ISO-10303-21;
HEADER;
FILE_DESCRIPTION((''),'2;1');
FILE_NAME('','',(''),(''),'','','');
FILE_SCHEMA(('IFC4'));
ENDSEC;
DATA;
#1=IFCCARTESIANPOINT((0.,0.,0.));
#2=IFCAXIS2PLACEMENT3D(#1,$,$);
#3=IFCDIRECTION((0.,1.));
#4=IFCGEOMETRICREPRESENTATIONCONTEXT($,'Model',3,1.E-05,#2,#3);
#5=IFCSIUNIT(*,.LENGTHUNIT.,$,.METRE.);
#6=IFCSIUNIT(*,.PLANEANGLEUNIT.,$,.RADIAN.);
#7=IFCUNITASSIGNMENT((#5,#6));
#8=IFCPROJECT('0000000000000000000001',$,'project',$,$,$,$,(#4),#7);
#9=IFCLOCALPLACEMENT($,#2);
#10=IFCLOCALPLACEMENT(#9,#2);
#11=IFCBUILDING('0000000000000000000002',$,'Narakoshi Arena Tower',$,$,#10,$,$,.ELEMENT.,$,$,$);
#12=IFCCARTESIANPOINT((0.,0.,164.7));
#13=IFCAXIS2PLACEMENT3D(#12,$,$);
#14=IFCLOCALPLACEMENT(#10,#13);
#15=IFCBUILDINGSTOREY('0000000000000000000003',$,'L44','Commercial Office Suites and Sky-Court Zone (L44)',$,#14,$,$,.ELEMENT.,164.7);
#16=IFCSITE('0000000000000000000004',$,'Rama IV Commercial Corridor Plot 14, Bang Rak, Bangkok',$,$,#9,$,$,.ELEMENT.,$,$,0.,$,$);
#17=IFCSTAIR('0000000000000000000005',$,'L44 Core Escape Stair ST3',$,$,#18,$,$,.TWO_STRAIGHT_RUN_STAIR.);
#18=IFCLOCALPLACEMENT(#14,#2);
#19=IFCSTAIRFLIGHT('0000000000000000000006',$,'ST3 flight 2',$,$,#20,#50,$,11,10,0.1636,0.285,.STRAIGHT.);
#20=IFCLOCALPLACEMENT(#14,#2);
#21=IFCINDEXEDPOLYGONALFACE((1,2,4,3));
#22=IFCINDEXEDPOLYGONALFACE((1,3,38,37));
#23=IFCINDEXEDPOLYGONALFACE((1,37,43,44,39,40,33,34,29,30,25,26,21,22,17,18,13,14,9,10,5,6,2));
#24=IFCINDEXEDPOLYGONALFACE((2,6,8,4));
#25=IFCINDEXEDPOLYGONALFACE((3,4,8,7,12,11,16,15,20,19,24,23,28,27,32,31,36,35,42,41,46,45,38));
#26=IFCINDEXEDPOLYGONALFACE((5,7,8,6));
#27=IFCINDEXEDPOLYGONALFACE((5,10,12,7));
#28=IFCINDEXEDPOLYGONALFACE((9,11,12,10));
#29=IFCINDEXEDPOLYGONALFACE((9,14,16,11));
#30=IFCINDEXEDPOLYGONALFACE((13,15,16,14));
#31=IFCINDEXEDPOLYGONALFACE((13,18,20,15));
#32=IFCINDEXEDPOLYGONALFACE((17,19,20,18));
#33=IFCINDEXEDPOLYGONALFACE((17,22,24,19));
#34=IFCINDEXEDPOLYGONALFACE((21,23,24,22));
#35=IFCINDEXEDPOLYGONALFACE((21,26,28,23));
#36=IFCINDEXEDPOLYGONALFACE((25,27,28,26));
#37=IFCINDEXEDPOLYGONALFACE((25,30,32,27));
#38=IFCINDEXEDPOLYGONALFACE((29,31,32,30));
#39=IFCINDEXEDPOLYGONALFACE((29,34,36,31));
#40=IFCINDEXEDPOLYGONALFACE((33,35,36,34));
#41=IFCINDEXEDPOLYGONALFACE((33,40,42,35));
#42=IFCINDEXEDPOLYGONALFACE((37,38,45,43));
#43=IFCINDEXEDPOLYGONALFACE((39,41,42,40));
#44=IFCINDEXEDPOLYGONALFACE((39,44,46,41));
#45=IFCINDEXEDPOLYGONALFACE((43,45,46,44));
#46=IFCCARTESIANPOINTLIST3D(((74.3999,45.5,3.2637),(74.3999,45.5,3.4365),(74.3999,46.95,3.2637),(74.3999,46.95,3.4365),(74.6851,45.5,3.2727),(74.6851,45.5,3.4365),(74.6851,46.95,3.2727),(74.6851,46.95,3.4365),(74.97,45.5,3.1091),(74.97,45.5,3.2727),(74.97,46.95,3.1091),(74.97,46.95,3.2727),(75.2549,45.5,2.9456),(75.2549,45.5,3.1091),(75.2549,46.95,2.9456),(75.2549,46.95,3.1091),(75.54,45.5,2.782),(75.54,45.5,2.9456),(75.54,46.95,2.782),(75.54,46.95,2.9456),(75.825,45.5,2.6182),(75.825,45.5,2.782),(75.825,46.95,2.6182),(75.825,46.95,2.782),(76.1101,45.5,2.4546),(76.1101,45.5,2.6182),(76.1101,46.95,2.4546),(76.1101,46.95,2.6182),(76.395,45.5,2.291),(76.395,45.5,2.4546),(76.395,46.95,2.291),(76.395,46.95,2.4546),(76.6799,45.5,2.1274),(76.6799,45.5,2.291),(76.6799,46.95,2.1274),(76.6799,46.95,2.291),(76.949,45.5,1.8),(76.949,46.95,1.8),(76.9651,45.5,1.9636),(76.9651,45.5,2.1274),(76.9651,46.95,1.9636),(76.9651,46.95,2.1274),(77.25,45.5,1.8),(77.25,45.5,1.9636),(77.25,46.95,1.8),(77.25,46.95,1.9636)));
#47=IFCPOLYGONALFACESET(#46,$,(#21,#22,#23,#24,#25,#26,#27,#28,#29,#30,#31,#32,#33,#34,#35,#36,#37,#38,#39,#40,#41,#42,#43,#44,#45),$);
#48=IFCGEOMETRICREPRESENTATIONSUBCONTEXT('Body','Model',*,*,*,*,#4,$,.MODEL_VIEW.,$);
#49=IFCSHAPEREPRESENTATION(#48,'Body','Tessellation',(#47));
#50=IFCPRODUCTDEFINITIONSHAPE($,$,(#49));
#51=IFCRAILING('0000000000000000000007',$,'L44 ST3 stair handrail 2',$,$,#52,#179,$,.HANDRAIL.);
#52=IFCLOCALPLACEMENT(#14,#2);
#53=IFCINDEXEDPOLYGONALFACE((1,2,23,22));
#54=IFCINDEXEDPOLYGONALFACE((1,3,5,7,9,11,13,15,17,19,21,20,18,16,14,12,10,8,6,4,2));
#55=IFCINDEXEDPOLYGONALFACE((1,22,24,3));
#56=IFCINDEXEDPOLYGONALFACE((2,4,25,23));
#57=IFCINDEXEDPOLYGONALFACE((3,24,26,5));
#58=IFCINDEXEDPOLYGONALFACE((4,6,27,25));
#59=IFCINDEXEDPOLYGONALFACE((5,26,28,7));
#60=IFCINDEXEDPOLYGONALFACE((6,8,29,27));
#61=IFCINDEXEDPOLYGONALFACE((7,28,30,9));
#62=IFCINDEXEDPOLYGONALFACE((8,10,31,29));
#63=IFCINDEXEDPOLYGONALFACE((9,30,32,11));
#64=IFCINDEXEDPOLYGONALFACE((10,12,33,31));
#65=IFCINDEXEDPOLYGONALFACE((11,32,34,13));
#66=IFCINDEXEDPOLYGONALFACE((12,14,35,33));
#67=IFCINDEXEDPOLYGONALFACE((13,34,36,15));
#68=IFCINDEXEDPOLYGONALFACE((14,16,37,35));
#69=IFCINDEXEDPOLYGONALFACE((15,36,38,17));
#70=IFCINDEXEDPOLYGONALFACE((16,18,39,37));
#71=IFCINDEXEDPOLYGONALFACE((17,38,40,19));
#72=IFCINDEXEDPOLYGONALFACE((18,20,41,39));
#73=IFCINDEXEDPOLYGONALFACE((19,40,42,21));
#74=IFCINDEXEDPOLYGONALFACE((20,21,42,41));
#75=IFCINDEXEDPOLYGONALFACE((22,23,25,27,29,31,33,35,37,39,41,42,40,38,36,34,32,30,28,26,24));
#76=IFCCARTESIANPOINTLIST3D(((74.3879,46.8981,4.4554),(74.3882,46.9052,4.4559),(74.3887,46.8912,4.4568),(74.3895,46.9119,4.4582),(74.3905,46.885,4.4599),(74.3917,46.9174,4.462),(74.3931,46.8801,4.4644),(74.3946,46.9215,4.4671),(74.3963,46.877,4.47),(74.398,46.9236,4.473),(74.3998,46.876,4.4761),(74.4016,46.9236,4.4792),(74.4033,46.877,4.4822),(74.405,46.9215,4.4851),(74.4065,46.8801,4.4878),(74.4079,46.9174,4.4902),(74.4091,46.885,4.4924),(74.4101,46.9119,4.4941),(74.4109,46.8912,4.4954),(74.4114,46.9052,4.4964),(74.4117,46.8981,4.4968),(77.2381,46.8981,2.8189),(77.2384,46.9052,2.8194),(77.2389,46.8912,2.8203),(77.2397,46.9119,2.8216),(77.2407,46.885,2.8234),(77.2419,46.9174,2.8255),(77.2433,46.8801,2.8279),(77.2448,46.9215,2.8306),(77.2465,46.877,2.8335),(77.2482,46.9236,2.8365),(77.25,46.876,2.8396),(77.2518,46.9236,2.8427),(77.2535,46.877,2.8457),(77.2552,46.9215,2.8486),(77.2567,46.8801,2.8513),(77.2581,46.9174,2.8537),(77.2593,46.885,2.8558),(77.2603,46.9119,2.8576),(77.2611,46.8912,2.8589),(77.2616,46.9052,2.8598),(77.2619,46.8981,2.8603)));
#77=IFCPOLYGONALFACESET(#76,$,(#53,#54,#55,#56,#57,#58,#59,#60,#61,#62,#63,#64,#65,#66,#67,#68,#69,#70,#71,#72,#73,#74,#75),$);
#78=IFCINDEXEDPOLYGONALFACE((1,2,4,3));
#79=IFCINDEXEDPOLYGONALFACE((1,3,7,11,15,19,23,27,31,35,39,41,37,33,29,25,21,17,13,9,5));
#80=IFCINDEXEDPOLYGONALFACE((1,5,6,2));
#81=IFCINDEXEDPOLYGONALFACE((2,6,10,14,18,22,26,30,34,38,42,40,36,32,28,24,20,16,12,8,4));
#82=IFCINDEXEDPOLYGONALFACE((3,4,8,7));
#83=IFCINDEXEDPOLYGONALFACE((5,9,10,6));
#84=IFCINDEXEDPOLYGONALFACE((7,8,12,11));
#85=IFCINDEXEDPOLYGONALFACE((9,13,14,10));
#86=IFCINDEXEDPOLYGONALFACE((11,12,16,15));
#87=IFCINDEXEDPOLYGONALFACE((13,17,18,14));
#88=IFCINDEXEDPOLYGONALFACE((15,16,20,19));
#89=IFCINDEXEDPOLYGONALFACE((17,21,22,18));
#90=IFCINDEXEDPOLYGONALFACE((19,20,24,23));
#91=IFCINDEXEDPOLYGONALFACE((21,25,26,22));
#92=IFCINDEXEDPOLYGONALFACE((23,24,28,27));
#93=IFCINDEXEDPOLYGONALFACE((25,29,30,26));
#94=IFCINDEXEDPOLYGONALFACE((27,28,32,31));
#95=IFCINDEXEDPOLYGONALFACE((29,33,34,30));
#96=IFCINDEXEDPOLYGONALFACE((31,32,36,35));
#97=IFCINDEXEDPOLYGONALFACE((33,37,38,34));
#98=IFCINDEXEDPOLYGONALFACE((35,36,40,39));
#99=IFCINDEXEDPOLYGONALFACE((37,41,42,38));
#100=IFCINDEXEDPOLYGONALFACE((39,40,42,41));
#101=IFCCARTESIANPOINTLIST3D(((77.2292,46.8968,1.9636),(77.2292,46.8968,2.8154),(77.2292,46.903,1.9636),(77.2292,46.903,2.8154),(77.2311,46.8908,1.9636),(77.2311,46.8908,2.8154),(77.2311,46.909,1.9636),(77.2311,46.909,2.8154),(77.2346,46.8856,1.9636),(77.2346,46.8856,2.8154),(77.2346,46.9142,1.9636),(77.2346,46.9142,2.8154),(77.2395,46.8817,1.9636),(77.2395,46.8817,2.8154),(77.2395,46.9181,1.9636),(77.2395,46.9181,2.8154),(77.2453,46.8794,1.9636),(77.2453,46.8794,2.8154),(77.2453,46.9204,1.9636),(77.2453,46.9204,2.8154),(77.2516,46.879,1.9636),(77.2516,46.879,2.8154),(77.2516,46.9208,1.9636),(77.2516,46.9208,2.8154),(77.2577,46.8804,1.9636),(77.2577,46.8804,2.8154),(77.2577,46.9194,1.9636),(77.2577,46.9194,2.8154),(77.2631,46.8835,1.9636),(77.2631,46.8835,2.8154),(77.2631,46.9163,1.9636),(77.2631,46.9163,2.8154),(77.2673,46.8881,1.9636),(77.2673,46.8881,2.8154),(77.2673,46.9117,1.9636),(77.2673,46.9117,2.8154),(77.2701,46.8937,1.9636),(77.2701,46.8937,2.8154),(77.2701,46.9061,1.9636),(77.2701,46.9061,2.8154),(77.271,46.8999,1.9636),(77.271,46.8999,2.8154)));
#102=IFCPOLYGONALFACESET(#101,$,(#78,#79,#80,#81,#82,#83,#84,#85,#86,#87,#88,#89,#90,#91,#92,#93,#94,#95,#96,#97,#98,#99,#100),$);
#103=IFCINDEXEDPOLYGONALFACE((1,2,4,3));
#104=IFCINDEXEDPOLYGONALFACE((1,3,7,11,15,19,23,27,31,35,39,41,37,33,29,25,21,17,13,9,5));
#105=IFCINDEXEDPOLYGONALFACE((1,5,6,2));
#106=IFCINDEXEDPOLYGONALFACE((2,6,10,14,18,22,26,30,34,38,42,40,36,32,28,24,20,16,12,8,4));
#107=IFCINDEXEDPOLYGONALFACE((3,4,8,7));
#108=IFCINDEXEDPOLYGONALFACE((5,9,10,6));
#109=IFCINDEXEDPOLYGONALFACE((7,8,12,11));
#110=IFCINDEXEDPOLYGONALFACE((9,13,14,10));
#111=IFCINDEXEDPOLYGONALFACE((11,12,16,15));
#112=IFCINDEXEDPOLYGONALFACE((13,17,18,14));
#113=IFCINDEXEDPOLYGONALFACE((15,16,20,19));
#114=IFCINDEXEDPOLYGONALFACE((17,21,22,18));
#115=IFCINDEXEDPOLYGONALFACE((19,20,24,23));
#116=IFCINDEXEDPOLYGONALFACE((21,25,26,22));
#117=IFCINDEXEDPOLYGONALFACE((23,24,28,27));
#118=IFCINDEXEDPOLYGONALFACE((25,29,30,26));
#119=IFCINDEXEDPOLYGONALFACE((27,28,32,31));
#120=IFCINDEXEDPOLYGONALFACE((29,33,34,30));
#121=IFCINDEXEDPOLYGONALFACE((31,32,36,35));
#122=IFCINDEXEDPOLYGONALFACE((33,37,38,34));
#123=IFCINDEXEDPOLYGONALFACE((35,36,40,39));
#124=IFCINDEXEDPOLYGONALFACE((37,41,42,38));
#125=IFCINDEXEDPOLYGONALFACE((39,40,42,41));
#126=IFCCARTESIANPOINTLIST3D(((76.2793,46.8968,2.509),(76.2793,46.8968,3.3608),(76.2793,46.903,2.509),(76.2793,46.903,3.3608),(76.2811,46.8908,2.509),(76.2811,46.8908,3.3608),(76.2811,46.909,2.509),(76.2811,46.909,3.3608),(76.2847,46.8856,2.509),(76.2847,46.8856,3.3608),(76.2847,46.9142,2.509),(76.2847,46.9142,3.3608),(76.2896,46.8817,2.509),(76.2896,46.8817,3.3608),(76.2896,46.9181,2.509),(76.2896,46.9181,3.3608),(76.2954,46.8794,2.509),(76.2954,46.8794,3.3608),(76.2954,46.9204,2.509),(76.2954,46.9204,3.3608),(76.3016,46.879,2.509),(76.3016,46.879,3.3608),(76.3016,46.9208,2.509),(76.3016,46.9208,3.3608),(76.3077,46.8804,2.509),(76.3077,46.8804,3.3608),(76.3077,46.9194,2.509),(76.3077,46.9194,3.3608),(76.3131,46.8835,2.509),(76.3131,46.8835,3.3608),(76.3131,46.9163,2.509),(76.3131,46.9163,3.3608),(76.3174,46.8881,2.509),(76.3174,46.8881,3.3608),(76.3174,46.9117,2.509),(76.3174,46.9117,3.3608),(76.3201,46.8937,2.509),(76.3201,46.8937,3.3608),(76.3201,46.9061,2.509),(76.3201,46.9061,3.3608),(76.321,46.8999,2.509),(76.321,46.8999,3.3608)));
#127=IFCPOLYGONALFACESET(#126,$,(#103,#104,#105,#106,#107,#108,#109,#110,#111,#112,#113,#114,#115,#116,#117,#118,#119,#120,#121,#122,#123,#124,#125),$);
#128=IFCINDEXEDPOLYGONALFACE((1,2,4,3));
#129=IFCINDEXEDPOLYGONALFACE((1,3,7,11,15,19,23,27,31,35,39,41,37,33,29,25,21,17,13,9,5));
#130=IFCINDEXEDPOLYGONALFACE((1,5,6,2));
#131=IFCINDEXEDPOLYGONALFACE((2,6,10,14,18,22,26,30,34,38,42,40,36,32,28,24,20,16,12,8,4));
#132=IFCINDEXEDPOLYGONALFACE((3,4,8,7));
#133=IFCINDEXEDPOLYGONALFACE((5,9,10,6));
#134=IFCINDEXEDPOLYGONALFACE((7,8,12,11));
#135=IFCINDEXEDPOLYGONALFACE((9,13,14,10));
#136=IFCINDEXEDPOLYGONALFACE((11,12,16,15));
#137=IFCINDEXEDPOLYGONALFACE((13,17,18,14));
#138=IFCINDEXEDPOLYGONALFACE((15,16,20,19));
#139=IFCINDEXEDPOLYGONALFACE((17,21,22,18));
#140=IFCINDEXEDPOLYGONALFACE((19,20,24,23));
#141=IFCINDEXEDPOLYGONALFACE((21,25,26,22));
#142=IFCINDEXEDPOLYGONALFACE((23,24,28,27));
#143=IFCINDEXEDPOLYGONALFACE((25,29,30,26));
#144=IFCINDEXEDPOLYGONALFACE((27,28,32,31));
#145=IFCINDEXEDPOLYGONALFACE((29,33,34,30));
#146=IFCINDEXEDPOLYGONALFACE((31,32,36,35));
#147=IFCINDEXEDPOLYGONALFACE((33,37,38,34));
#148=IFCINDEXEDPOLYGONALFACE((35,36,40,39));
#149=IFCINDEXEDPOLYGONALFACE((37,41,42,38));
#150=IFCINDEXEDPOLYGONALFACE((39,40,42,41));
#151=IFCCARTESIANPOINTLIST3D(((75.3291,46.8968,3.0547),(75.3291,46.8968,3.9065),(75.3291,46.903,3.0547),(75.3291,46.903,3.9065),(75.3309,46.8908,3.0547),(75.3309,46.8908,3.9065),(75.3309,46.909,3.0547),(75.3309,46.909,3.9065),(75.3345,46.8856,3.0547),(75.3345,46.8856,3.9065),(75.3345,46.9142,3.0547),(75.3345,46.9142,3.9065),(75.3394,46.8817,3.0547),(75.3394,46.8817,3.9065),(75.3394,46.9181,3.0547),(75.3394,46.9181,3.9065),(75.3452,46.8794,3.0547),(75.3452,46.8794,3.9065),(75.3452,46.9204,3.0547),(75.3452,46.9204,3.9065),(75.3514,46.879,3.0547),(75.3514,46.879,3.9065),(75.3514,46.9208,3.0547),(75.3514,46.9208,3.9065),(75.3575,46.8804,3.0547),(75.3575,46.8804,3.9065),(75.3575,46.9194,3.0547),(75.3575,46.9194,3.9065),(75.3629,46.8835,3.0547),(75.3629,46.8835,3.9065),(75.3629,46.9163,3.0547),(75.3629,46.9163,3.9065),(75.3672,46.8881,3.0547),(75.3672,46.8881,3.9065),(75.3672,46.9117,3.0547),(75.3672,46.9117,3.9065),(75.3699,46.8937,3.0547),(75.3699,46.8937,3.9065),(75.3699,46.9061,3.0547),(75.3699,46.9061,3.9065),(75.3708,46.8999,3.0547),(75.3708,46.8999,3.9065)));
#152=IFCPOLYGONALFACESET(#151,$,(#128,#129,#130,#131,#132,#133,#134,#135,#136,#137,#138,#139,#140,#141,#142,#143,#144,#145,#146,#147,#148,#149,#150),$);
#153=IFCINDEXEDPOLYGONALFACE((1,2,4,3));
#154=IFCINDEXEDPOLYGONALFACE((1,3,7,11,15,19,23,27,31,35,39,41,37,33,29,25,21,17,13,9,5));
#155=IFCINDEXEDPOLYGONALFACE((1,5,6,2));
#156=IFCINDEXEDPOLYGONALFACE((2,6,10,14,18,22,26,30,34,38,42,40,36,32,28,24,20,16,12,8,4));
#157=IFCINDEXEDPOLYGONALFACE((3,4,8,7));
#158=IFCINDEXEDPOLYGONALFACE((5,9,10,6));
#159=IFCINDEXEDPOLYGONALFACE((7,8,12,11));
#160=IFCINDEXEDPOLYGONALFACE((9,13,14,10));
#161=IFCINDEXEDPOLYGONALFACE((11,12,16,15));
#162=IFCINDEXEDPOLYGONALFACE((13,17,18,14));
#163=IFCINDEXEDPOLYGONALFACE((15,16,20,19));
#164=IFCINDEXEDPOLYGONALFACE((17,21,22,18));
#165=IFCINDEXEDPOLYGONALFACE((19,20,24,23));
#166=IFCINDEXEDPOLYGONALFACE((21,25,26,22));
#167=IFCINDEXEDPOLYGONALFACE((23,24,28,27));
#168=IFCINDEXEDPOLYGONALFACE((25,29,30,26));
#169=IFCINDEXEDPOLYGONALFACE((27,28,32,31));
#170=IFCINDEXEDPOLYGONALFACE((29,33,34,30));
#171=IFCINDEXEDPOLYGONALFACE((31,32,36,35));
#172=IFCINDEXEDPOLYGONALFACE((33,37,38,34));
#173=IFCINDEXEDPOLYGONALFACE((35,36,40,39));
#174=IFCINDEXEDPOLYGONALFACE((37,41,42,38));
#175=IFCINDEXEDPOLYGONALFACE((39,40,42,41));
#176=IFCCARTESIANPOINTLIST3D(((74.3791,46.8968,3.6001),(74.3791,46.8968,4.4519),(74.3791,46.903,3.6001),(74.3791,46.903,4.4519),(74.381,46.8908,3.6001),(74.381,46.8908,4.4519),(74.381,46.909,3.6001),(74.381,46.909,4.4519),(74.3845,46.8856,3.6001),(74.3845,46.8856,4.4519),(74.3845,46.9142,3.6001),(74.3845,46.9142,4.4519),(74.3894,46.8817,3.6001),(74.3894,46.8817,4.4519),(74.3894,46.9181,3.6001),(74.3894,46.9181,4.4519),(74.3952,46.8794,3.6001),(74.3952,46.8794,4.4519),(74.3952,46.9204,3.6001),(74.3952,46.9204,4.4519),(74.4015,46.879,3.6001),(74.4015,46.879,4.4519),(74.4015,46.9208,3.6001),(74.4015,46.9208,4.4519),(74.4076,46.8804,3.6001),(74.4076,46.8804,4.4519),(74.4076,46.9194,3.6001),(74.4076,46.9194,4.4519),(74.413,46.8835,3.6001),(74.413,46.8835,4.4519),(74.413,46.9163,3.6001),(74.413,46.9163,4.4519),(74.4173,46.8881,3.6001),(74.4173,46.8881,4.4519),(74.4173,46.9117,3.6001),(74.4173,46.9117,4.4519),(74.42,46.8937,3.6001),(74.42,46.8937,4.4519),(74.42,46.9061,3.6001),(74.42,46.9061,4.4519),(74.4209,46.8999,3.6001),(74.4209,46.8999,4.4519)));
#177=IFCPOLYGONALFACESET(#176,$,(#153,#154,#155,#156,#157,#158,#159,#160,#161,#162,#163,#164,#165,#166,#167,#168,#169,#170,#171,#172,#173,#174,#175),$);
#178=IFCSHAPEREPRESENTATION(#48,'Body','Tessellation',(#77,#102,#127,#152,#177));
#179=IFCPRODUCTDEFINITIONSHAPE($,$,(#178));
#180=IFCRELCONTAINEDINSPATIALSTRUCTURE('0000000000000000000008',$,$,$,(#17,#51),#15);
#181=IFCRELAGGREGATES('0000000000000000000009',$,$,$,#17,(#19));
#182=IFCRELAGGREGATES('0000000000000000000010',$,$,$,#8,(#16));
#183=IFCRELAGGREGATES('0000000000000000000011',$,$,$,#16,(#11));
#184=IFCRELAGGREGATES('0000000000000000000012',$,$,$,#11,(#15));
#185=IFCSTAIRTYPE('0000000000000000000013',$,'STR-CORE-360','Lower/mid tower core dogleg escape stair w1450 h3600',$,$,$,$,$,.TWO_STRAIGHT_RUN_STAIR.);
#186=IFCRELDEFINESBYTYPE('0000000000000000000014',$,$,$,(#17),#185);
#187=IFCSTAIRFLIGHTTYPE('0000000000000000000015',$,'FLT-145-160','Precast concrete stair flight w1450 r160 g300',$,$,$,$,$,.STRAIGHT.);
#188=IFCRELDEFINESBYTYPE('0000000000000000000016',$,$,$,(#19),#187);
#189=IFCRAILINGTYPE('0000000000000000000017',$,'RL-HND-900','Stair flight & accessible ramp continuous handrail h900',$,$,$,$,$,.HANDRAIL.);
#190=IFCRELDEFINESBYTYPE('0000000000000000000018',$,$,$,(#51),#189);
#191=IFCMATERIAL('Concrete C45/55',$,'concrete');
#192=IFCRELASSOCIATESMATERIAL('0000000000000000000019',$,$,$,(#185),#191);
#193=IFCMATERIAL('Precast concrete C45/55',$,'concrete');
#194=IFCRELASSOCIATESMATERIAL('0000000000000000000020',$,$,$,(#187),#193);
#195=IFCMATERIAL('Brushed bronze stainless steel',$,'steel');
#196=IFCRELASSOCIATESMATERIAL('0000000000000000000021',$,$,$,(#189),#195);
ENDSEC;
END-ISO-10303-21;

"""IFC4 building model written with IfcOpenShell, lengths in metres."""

from ifc_helpers import new_model, si_unit, direction, frame, origin, origin_2d, place, context, subcontext, project, spatial, polyline, circle, outline, extrude, material, type_object, element, aggregate, save


model = new_model("IFC4")

# Units and contexts
model_context = context("Model", 3, precision=1e-05, world=origin(), true_north=direction((0.0, 1.0)))
body_context = subcontext(model_context, "Body", "Model", "MODEL_VIEW")
ifc_project = project(units=[si_unit("LENGTHUNIT", "METRE"), si_unit("PLANEANGLEUNIT", "RADIAN")], contexts=[model_context])

# Site, building, storey
site_placement = place(None, origin())
site = spatial("IfcSite", under=ifc_project, at=site_placement, Name="Rama IV Commercial Corridor Plot 14, Bang Rak, Bangkok", CompositionType="ELEMENT", RefElevation=0.0)
building_placement = place(site_placement, origin())
building = spatial("IfcBuilding", under=site, at=building_placement, Name="Narakoshi Arena Tower", CompositionType="ELEMENT")
storey_placement = place(building_placement, frame((0.0, 0.0, 164.7)))
storey = spatial("IfcBuildingStorey", under=building, at=storey_placement, Name="L44", Description="Commercial Office Suites and Sky-Court Zone (L44)", CompositionType="ELEMENT", Elevation=164.7)

# Stair, stair flight
ifc_material_1 = material(Name="Concrete C45/55", Category="concrete")
stair_type = type_object("IfcStairType", Name="STR-CORE-360", Description="Lower/mid tower core dogleg escape stair w1450 h3600", PredefinedType="TWO_STRAIGHT_RUN_STAIR", material=ifc_material_1)
stair_placement = place(storey_placement, origin())
stair = element("IfcStair", 1, at=stair_placement, inside=storey, type_object=stair_type, Name="L44 Core Escape Stair ST3", PredefinedType="TWO_STRAIGHT_RUN_STAIR")
ifc_material_2 = material(Name="Precast concrete C45/55", Category="concrete")
stair_flight_type = type_object("IfcStairFlightType", Name="FLT-145-160", Description="Precast concrete stair flight w1450 r160 g300", PredefinedType="STRAIGHT", material=ifc_material_2)
stair_flight_placement = place(storey_placement, frame((77.25, 46.2251, 1.8), z_axis=(0.0, 0.0, 1.0), x_axis=(-1.0, 0.0, 0.0)))
stair_flight = element("IfcStairFlight", 2, at=stair_flight_placement, type_object=stair_flight_type, Name="ST3 flight 2", NumberOfRisers=11, NumberOfTreads=10, PredefinedType="STRAIGHT", RiserHeight=0.1636, TreadLength=0.285, context=body_context, shape_type="SweptSolid", body=[
    extrude(outline(polyline([(0.0, 0.0), (0.0, 0.1636), (0.2849, 0.1636), (0.2849, 0.3274), (0.5701, 0.3274), (0.5701, 0.491), (0.855, 0.491), (0.855, 0.6545), (1.1399, 0.6545), (1.1399, 0.8181), (1.425, 0.8181), (1.425, 0.9819), (1.71, 0.9819), (1.71, 1.1455), (1.9951, 1.1455), (1.9951, 1.3091), (2.28, 1.3091), (2.28, 1.4727), (2.5649, 1.4727), (2.5649, 1.6365), (2.8501, 1.6365), (2.8501, 1.8), (2.8501, 1.4636), (0.301, 0.0), (0.0, 0.0)])), frame((0.0, 0.7251, 0.0), z_axis=(0.0, -1.0, 0.0), x_axis=(1.0, 0.0, 0.0)), (0.0, 0.0, 1.0), 1.45),
])
aggregate(stair, [stair_flight])

# Railing
ifc_material_3 = material(Name="Brushed bronze stainless steel", Category="steel")
railing_type = type_object("IfcRailingType", Name="RL-HND-900", Description="Stair flight & accessible ramp continuous handrail h900", PredefinedType="HANDRAIL", material=ifc_material_3)
railing_placement = place(storey_placement, frame((77.25, 46.8999, 1.9636)))
element("IfcRailing", 3, at=railing_placement, inside=storey, type_object=railing_type, Name="L44 ST3 stair handrail 2", PredefinedType="HANDRAIL", context=body_context, shape_type="SweptSolid", body=[
    extrude(circle(Radius=0.0239, at=origin_2d()), frame((0.0, 0.0, 0.876), z_axis=(-0.867213, 0.0, 0.497938), x_axis=(0.0, -1.0, 0.0)), (0.0, 0.0, 1.0), 3.2866),
    extrude(circle(Radius=0.021, at=origin_2d()), origin(), (0.0, 0.0, 1.0), 0.8518),
    extrude(circle(Radius=0.021, at=origin_2d()), frame((-0.95, 0.0, 0.5454)), (0.0, 0.0, 1.0), 0.8518),
    extrude(circle(Radius=0.021, at=origin_2d()), frame((-1.9001, 0.0, 1.0911)), (0.0, 0.0, 1.0), 0.8518),
    extrude(circle(Radius=0.021, at=origin_2d()), frame((-2.8501, 0.0, 1.6365)), (0.0, 0.0, 1.0), 0.8518),
])

save(model, "model.ifc")
